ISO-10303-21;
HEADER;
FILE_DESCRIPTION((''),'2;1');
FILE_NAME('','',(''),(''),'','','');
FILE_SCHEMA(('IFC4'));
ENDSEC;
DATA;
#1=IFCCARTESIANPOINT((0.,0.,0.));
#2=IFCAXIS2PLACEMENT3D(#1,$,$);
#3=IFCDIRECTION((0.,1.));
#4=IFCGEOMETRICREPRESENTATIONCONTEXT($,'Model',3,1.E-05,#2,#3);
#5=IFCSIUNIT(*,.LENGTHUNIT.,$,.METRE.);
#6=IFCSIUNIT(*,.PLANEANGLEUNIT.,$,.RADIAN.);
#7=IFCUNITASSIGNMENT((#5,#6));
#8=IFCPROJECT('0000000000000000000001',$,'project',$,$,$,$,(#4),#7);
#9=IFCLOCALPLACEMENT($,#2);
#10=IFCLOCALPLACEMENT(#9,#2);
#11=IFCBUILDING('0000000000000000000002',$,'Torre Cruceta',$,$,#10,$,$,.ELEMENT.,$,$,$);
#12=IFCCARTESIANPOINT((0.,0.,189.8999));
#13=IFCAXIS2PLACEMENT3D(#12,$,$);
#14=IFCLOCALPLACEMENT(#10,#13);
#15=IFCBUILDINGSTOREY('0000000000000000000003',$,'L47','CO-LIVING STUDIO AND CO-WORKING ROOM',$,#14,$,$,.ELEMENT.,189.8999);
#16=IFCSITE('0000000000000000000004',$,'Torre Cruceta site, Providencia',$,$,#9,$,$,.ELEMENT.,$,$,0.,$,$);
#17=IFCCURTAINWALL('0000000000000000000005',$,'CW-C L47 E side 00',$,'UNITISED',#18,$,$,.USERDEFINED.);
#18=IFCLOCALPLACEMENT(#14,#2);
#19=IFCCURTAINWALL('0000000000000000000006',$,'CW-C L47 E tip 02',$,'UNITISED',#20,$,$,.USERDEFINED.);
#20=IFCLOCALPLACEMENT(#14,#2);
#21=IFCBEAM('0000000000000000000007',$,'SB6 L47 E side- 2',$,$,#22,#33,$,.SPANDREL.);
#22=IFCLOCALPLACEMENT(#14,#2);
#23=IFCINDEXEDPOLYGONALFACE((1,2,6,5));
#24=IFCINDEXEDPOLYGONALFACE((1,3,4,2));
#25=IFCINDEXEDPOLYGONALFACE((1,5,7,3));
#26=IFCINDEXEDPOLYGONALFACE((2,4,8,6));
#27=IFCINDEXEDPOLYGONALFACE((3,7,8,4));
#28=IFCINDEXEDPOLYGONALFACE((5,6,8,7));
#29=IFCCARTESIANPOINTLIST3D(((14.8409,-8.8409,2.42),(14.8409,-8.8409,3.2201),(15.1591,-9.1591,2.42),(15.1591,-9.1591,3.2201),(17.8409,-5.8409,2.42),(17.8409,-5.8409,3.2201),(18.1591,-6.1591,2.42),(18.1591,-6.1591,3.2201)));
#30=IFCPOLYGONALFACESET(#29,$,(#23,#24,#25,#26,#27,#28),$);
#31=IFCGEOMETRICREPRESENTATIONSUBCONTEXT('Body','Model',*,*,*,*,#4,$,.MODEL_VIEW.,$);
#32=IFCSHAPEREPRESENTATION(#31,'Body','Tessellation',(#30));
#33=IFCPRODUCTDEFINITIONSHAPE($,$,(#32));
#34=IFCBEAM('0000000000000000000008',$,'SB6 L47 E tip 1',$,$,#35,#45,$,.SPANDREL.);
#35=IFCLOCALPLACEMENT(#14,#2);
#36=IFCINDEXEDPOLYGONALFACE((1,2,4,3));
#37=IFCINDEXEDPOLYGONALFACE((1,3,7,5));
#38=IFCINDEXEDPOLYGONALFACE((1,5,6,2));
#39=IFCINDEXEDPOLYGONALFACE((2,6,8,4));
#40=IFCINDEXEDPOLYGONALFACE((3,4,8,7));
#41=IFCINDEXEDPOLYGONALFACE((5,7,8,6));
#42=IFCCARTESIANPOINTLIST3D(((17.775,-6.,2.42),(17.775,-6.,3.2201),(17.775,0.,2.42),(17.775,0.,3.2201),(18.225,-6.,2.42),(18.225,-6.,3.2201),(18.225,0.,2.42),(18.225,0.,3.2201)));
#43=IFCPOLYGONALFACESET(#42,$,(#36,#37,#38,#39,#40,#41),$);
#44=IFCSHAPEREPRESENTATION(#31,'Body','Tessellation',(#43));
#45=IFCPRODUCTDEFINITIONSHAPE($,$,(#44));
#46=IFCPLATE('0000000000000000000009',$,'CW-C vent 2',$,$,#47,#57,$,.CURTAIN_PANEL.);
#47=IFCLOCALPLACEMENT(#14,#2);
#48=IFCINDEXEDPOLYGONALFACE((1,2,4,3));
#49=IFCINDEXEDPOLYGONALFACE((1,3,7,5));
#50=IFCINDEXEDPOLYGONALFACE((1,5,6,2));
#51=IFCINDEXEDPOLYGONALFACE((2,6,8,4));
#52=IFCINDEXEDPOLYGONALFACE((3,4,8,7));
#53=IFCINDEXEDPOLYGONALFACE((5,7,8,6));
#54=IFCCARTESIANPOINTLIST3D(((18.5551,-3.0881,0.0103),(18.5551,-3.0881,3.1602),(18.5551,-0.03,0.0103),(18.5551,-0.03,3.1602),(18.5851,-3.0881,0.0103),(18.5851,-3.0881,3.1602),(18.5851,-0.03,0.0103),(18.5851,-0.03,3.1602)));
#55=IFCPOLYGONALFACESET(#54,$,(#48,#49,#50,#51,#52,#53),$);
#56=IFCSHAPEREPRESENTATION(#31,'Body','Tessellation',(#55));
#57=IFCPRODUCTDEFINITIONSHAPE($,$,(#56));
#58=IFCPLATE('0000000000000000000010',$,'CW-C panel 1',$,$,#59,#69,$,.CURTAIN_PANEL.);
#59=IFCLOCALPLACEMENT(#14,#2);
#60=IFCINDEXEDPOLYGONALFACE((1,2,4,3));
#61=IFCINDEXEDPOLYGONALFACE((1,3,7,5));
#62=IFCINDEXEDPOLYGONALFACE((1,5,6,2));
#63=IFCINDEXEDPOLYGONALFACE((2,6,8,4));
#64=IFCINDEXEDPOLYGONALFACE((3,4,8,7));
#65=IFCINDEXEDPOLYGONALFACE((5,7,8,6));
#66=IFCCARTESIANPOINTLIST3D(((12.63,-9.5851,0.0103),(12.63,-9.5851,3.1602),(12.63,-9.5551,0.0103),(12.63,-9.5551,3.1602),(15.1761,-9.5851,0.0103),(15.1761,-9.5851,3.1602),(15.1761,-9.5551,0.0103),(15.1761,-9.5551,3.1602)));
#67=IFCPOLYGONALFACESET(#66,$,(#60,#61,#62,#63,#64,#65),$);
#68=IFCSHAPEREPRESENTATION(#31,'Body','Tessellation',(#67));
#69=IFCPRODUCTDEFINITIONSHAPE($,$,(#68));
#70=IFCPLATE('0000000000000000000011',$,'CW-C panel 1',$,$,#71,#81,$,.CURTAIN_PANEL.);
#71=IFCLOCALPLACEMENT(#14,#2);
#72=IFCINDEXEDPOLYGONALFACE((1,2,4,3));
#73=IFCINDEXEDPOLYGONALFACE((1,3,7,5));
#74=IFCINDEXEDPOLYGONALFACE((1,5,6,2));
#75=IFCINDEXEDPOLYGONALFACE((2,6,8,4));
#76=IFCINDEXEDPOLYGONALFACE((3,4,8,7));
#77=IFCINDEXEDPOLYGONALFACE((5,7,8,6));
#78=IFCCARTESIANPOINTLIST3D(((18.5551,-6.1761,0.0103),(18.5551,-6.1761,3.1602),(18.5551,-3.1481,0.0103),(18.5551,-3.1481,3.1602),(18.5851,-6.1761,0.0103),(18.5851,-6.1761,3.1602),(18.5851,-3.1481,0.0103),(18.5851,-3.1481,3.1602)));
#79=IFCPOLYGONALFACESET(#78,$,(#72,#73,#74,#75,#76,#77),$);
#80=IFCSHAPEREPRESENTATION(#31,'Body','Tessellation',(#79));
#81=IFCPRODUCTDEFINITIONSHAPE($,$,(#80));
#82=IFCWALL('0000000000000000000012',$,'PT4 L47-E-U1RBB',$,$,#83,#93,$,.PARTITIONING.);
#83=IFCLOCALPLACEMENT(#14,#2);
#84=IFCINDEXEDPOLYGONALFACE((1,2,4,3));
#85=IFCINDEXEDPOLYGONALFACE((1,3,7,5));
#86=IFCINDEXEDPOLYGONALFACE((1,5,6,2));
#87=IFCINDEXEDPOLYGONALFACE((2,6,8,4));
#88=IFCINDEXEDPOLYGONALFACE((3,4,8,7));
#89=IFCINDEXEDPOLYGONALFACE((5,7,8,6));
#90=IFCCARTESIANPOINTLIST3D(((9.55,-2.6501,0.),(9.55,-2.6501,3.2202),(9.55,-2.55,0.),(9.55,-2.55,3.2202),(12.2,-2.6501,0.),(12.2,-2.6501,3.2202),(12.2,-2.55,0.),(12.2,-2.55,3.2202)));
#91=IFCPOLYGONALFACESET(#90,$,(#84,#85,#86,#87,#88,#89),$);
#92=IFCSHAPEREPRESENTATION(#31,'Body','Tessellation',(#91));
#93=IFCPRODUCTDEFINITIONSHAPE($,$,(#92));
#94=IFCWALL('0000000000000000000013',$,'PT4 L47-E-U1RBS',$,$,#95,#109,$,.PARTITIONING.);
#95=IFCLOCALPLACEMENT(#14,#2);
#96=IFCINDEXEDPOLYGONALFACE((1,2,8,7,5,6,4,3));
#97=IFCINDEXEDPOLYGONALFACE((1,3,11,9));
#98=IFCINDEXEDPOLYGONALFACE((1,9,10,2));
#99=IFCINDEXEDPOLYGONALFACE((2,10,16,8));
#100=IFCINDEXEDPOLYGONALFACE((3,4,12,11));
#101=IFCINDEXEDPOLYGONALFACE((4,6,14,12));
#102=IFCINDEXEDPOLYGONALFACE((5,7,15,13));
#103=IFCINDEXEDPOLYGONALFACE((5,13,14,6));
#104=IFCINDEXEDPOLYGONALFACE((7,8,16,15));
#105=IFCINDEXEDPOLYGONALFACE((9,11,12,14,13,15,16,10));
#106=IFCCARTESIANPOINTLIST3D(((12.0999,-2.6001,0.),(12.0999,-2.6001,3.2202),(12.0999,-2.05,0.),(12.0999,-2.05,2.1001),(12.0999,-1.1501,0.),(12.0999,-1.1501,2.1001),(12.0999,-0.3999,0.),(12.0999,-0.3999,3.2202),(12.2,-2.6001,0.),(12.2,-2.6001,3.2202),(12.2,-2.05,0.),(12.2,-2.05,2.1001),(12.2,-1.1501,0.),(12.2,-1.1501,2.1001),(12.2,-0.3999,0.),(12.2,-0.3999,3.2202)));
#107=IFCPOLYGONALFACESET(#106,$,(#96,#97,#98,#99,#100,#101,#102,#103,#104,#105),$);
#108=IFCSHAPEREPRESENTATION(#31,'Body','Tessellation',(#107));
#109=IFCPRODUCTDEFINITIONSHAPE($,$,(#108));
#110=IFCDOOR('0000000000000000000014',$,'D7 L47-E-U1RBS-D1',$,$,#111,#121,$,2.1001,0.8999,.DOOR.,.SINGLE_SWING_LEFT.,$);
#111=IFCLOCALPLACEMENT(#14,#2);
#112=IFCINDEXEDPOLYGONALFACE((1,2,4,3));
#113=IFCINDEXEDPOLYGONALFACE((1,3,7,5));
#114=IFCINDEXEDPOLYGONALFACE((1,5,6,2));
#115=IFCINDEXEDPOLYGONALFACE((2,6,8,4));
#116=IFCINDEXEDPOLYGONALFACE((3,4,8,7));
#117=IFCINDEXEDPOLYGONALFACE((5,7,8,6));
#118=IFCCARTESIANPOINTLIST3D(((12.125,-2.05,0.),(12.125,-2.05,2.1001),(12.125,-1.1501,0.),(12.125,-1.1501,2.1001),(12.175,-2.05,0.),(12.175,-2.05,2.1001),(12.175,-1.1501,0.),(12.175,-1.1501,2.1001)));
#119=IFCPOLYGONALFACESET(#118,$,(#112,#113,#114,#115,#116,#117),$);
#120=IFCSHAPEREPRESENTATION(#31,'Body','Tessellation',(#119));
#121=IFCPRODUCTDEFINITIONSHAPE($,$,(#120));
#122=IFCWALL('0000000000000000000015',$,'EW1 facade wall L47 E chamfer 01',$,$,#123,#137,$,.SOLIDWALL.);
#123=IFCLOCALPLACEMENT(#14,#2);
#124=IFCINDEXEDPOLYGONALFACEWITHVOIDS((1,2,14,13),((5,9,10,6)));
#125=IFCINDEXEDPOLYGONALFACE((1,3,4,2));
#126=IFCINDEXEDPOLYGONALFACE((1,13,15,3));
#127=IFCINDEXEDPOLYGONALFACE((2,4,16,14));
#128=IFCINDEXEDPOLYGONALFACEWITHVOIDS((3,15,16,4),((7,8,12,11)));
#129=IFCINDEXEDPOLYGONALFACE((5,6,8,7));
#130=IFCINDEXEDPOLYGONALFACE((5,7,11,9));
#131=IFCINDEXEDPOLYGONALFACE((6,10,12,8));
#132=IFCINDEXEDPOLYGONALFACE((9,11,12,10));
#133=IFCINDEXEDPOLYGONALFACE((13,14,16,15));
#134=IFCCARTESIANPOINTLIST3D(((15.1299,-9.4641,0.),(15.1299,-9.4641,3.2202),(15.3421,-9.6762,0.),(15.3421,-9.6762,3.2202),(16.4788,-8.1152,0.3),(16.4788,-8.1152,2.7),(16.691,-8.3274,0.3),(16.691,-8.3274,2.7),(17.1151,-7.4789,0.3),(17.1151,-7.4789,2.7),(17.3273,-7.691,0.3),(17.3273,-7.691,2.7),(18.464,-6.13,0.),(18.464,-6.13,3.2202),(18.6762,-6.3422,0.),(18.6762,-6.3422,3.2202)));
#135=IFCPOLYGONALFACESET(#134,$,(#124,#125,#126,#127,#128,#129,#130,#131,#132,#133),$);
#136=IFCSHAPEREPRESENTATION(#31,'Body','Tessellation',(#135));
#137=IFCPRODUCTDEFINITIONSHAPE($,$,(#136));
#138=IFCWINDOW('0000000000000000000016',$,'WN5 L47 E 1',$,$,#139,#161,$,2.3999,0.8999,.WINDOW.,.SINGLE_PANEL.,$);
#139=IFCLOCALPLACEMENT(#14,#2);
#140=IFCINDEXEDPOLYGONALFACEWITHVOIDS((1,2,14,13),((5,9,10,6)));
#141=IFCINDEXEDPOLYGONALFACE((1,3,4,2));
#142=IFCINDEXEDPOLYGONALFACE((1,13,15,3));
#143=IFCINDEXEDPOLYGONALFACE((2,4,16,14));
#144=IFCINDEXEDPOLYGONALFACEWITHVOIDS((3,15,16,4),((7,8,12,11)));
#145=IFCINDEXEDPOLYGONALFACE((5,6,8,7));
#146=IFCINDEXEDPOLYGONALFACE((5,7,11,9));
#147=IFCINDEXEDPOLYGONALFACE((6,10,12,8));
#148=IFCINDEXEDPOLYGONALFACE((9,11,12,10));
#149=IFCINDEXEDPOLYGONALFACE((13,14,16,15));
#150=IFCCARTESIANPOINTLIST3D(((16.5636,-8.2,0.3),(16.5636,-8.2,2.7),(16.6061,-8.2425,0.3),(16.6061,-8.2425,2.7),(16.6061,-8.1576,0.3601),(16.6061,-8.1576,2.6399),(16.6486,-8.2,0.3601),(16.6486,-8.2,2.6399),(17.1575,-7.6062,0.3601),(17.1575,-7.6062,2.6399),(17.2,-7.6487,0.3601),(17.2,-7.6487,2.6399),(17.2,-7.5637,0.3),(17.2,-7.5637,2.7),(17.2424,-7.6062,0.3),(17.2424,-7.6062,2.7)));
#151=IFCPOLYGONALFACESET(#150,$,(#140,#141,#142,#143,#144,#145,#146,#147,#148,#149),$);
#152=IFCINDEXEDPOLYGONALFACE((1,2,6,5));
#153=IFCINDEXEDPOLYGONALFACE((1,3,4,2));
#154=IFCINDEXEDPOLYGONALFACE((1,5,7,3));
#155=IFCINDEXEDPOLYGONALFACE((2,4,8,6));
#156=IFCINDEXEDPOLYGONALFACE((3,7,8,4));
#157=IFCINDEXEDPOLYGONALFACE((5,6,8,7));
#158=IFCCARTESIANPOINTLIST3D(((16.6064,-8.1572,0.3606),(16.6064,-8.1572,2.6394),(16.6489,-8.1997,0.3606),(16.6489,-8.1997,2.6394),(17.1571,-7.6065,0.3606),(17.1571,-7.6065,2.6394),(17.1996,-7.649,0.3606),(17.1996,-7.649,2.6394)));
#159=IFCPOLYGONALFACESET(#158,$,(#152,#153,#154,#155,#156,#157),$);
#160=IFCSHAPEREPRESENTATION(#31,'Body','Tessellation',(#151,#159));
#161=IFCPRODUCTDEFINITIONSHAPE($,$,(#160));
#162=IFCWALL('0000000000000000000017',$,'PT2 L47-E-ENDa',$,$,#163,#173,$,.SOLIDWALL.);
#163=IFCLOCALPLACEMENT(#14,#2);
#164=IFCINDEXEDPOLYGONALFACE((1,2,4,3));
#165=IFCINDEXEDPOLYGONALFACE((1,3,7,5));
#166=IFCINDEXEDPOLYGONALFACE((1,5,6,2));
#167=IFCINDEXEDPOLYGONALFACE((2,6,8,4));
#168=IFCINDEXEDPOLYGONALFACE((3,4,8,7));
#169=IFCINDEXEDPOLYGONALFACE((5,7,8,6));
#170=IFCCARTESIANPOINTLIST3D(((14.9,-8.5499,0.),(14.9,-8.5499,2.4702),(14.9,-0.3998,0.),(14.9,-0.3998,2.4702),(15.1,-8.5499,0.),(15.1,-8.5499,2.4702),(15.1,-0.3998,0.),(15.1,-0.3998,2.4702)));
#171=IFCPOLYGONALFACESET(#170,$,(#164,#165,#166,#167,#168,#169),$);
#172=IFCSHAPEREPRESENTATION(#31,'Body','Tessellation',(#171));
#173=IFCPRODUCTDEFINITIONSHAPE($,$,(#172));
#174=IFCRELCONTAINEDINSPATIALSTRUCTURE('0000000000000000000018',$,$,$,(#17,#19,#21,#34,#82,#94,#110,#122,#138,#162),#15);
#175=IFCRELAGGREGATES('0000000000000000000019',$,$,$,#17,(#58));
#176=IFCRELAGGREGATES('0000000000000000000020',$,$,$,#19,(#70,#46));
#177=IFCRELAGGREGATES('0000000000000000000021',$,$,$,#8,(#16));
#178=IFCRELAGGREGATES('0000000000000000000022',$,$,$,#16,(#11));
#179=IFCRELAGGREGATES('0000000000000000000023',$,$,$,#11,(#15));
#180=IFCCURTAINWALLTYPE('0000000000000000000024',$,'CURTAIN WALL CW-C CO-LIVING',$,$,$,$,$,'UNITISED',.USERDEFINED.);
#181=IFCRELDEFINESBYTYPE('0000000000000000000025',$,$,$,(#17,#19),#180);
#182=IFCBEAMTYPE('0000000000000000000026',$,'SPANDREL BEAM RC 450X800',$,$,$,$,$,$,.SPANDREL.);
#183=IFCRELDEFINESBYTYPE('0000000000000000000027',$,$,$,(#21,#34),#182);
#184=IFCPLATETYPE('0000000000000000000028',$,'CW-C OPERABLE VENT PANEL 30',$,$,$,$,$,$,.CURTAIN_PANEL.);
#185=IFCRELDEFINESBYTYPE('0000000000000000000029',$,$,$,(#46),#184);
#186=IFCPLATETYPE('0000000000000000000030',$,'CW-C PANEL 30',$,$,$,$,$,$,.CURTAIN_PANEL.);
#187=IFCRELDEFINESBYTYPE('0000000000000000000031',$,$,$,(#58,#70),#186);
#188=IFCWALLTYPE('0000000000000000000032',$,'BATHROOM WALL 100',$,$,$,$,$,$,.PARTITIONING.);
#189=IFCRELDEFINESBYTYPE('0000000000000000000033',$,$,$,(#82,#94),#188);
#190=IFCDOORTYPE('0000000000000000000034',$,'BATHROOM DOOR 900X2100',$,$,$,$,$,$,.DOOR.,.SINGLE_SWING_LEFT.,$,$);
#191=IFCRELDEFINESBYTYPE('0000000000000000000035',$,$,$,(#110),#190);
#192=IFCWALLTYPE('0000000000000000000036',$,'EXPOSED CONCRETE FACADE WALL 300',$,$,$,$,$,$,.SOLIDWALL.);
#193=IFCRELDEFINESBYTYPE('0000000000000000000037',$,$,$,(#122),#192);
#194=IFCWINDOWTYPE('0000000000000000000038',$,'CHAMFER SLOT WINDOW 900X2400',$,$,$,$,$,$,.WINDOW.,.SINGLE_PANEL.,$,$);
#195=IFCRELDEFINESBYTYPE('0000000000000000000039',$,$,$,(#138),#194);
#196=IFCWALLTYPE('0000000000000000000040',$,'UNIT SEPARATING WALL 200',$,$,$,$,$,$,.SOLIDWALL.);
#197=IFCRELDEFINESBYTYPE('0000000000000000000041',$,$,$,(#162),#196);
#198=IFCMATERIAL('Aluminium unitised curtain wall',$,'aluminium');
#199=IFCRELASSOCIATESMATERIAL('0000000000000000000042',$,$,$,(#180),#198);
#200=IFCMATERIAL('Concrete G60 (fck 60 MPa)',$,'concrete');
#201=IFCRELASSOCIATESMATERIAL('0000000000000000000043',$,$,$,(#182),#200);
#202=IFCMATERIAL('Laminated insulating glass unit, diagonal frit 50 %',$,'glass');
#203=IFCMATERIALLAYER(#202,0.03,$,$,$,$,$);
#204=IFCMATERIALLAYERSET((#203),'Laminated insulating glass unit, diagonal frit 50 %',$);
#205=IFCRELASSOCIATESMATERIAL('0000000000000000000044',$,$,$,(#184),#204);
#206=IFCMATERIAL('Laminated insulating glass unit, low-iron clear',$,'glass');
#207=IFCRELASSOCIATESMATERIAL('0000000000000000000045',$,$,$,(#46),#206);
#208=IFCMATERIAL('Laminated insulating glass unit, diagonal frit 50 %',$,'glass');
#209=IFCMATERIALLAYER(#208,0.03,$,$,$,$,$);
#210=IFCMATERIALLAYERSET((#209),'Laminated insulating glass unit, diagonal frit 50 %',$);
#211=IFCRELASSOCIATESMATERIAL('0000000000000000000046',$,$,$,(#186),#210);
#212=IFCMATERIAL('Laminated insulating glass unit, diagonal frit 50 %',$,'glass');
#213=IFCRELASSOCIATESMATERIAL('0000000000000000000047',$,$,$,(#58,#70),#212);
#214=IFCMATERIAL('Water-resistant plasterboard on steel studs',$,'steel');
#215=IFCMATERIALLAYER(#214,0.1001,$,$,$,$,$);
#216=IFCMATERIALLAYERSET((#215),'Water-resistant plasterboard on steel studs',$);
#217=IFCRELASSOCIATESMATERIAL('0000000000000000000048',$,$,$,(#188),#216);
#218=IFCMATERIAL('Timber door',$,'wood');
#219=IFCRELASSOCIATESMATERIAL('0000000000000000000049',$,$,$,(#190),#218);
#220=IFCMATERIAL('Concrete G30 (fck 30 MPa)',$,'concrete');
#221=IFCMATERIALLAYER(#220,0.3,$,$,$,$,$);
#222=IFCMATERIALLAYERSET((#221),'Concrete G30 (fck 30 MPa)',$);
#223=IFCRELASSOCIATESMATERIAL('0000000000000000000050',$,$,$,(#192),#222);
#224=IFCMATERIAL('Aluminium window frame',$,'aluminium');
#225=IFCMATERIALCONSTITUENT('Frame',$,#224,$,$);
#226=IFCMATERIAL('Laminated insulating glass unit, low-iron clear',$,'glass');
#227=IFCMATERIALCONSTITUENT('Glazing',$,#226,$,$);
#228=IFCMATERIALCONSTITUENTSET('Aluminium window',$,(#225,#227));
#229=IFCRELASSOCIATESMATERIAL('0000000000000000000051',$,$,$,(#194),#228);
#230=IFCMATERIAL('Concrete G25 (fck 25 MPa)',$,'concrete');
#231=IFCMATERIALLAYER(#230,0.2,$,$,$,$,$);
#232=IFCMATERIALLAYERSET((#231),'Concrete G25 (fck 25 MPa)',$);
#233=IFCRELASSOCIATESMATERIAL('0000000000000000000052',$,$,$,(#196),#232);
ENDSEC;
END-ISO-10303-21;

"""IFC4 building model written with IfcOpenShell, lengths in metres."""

from ifc_helpers import new_model, si_unit, direction, frame, frame_2d, origin, origin_2d, place, context, subcontext, project, spatial, rectangle, hollow_rectangle, extrude, material, layer, layer_set, constituent, constituent_set, material_profile, profile_set, type_object, element, fill, aggregate, save


model = new_model("IFC4")

# Units and contexts
model_context = context("Model", 3, precision=1e-05, world=origin(), true_north=direction((0.0, 1.0)))
body_context = subcontext(model_context, "Body", "Model", "MODEL_VIEW")
ifc_project = project(units=[si_unit("LENGTHUNIT", "METRE"), si_unit("PLANEANGLEUNIT", "RADIAN")], contexts=[model_context])

# Site, building, storey
site_placement = place(None, origin())
site = spatial("IfcSite", under=ifc_project, at=site_placement, Name="Torre Cruceta site, Providencia", CompositionType="ELEMENT", RefElevation=0.0)
building_placement = place(site_placement, origin())
building = spatial("IfcBuilding", under=site, at=building_placement, Name="Torre Cruceta", CompositionType="ELEMENT")
storey_placement = place(building_placement, frame((0.0, 0.0, 189.8999)))
storey = spatial("IfcBuildingStorey", under=building, at=storey_placement, Name="L47", Description="CO-LIVING STUDIO AND CO-WORKING ROOM", CompositionType="ELEMENT", Elevation=189.8999)

# Curtain walls
ifc_material_1 = material(Name="Aluminium unitised curtain wall", Category="aluminium")
curtain_wall_type = type_object("IfcCurtainWallType", Name="CURTAIN WALL CW-C CO-LIVING", ElementType="UNITISED", PredefinedType="USERDEFINED", material=ifc_material_1)
curtain_wall_1_placement = place(storey_placement, origin())
curtain_wall_1 = element("IfcCurtainWall", 1, at=curtain_wall_1_placement, inside=storey, type_object=curtain_wall_type, Name="CW-C L47 E side 00", ObjectType="UNITISED", PredefinedType="USERDEFINED")
curtain_wall_2_placement = place(storey_placement, origin())
curtain_wall_2 = element("IfcCurtainWall", 2, at=curtain_wall_2_placement, inside=storey, type_object=curtain_wall_type, Name="CW-C L47 E tip 02", ObjectType="UNITISED", PredefinedType="USERDEFINED")

# Beams
ifc_material_2 = material(Name="Concrete G60 (fck 60 MPa)", Category="concrete")
ifc_material_profile_1 = material_profile(ifc_material_2, rectangle(XDim=0.45, YDim=0.8, at=origin_2d()), Name="RC 450X800")
ifc_profile_set_1 = profile_set([ifc_material_profile_1], Name="Concrete G60 (fck 60 MPa)")
beam_type_1 = type_object("IfcBeamType", Name="SPANDREL BEAM RC 450X800", PredefinedType="SPANDREL", material=ifc_profile_set_1)
beam_1_placement = place(storey_placement, frame((15.0, -9.0, 2.8201), z_axis=(0.707107, 0.707107, 0.0), x_axis=(-0.707107, 0.707107, 0.0)))
element("IfcBeam", 3, at=beam_1_placement, inside=storey, type_object=beam_type_1, Name="SB6 L47 E side- 2", PredefinedType="SPANDREL", context=body_context, shape_type="SweptSolid", body=[
    extrude(rectangle(XDim=0.45, YDim=0.8, at=origin_2d()), origin(), (0.0, 0.0, 1.0), 4.2427),
])
beam_2_placement = place(storey_placement, frame((18.0, -6.0, 2.8201), z_axis=(0.0, 1.0, 0.0), x_axis=(-1.0, 0.0, 0.0)))
element("IfcBeam", 4, at=beam_2_placement, inside=storey, type_object=beam_type_1, Name="SB6 L47 E tip 1", PredefinedType="SPANDREL", context=body_context, shape_type="SweptSolid", body=[
    extrude(rectangle(XDim=0.45, YDim=0.8, at=origin_2d()), origin(), (0.0, 0.0, 1.0), 6.0),
])

# Plates
ifc_material_3 = material(Name="Laminated insulating glass unit, low-iron clear", Category="glass")
ifc_material_4 = material(Name="Laminated insulating glass unit, diagonal frit 50 %", Category="glass")
ifc_layer_1 = layer(ifc_material_4, 0.03)
ifc_layer_set_1 = layer_set([ifc_layer_1], Name="Laminated insulating glass unit, diagonal frit 50 %")
plate_type_1 = type_object("IfcPlateType", Name="CW-C OPERABLE VENT PANEL 30", PredefinedType="CURTAIN_PANEL", material=ifc_layer_set_1)
plate_1_placement = place(storey_placement, frame((18.5701, -1.5591, 0.0103), z_axis=(0.0, 0.0, 1.0), x_axis=(0.0, 1.0, 0.0)))
plate_1 = element("IfcPlate", 5, at=plate_1_placement, type_object=plate_type_1, material=ifc_material_3, Name="CW-C vent 2", PredefinedType="CURTAIN_PANEL", context=body_context, shape_type="SweptSolid", body=[
    extrude(rectangle(XDim=3.0581, YDim=0.03, at=origin_2d()), origin(), (0.0, 0.0, 1.0), 3.1499),
])
ifc_material_5 = material(Name="Laminated insulating glass unit, diagonal frit 50 %", Category="glass")
ifc_material_6 = material(Name="Laminated insulating glass unit, diagonal frit 50 %", Category="glass")
ifc_layer_2 = layer(ifc_material_6, 0.03)
ifc_layer_set_2 = layer_set([ifc_layer_2], Name="Laminated insulating glass unit, diagonal frit 50 %")
plate_type_2 = type_object("IfcPlateType", Name="CW-C PANEL 30", PredefinedType="CURTAIN_PANEL", material=ifc_layer_set_2)
plate_2_placement = place(storey_placement, frame((13.9031, -9.5701, 0.0103), z_axis=(0.0, 0.0, 1.0), x_axis=(1.0, 0.0, 0.0)))
plate_2 = element("IfcPlate", 6, at=plate_2_placement, type_object=plate_type_2, material=ifc_material_5, Name="CW-C panel 1", PredefinedType="CURTAIN_PANEL", context=body_context, shape_type="SweptSolid", body=[
    extrude(rectangle(XDim=2.5461, YDim=0.03, at=origin_2d()), origin(), (0.0, 0.0, 1.0), 3.1499),
])
aggregate(curtain_wall_1, [plate_2])
plate_3_placement = place(storey_placement, frame((18.5701, -4.6621, 0.0103), z_axis=(0.0, 0.0, 1.0), x_axis=(0.0, 1.0, 0.0)))
plate_3 = element("IfcPlate", 7, at=plate_3_placement, type_object=plate_type_2, material=ifc_material_5, Name="CW-C panel 1", PredefinedType="CURTAIN_PANEL", context=body_context, shape_type="SweptSolid", body=[
    extrude(rectangle(XDim=3.0281, YDim=0.03, at=origin_2d()), origin(), (0.0, 0.0, 1.0), 3.1499),
])
aggregate(curtain_wall_2, [plate_3, plate_1])

# Wall
ifc_material_7 = material(Name="Water-resistant plasterboard on steel studs", Category="steel")
ifc_layer_3 = layer(ifc_material_7, 0.1001)
ifc_layer_set_3 = layer_set([ifc_layer_3], Name="Water-resistant plasterboard on steel studs")
wall_type_1 = type_object("IfcWallType", Name="BATHROOM WALL 100", PredefinedType="PARTITIONING", material=ifc_layer_set_3)
wall_1_placement = place(storey_placement, frame((9.55, -2.6001, 0.0), z_axis=(0.0, 0.0, 1.0), x_axis=(1.0, 0.0, 0.0)))
element("IfcWall", 8, at=wall_1_placement, inside=storey, type_object=wall_type_1, Name="PT4 L47-E-U1RBB", PredefinedType="PARTITIONING", context=body_context, shape_type="SweptSolid", body=[
    extrude(rectangle(XDim=2.6499, YDim=0.1001, at=frame_2d((1.325, 0.0))), origin(), (0.0, 0.0, 1.0), 3.2202),
])

# Wall, opening, door
wall_2_placement = place(storey_placement, frame((12.1499, -2.6001, 0.0), z_axis=(0.0, 0.0, 1.0), x_axis=(0.0, 1.0, 0.0)))
wall_2 = element("IfcWall", 9, at=wall_2_placement, inside=storey, type_object=wall_type_1, Name="PT4 L47-E-U1RBS", PredefinedType="PARTITIONING", context=body_context, shape_type="SweptSolid", body=[
    extrude(rectangle(XDim=2.2002, YDim=0.1001, at=frame_2d((1.1001, 0.0))), origin(), (0.0, 0.0, 1.0), 3.2202),
])
opening_1_placement = place(wall_2_placement, frame((0.55, 0.0, 0.0)))
opening_1 = element("IfcOpeningElement", 10, at=opening_1_placement, cuts=wall_2, PredefinedType="OPENING", context=body_context, shape_type="SweptSolid", body=[
    extrude(rectangle(XDim=0.8999, YDim=2.1001, at=frame_2d((0.45, 1.05))), frame((0.0, 0.0601, 0.0), z_axis=(0.0, -1.0, 0.0), x_axis=(1.0, 0.0, 0.0)), (0.0, 0.0, 1.0), 0.1201),
])
ifc_material_8 = material(Name="Timber door", Category="wood")
door_type_1 = type_object("IfcDoorType", Name="BATHROOM DOOR 900X2100", OperationType="SINGLE_SWING_LEFT", PredefinedType="DOOR", material=ifc_material_8)
door_1_placement = place(opening_1_placement, origin())
door_1 = element("IfcDoor", 11, at=door_1_placement, inside=storey, type_object=door_type_1, Name="D7 L47-E-U1RBS-D1", OperationType="SINGLE_SWING_LEFT", OverallHeight=2.1001, OverallWidth=0.8999, PredefinedType="DOOR", context=body_context, shape_type="SweptSolid", body=[
    extrude(rectangle(XDim=0.8999, YDim=2.1001, at=frame_2d((0.45, 1.05))), frame((0.0, 0.0249, 0.0), z_axis=(0.0, -1.0, 0.0), x_axis=(1.0, 0.0, 0.0)), (0.0, 0.0, 1.0), 0.05),
])
fill(opening_1, door_1)

# Wall, opening, window
ifc_material_9 = material(Name="Concrete G30 (fck 30 MPa)", Category="concrete")
ifc_layer_4 = layer(ifc_material_9, 0.3)
ifc_layer_set_4 = layer_set([ifc_layer_4], Name="Concrete G30 (fck 30 MPa)")
wall_type_2 = type_object("IfcWallType", Name="EXPOSED CONCRETE FACADE WALL 300", PredefinedType="SOLIDWALL", material=ifc_layer_set_4)
wall_3_placement = place(storey_placement, frame((15.2361, -9.5701, 0.0), z_axis=(0.0, 0.0, 1.0), x_axis=(0.707107, 0.707107, 0.0)))
wall_3 = element("IfcWall", 12, at=wall_3_placement, inside=storey, type_object=wall_type_2, Name="EW1 facade wall L47 E chamfer 01", PredefinedType="SOLIDWALL", context=body_context, shape_type="SweptSolid", body=[
    extrude(rectangle(XDim=4.7151, YDim=0.3, at=frame_2d((2.3574, 0.0))), origin(), (0.0, 0.0, 1.0), 3.2202),
])
opening_2_placement = place(wall_3_placement, frame((1.9075, 0.0, 0.3)))
opening_2 = element("IfcOpeningElement", 13, at=opening_2_placement, cuts=wall_3, PredefinedType="OPENING", context=body_context, shape_type="SweptSolid", body=[
    extrude(rectangle(XDim=0.8999, YDim=2.3999, at=frame_2d((0.45, 1.2))), frame((0.0, 0.1599, 0.0), z_axis=(0.0, -1.0, 0.0), x_axis=(1.0, 0.0, 0.0)), (0.0, 0.0, 1.0), 0.3201),
])
ifc_material_10 = material(Name="Aluminium window frame", Category="aluminium")
ifc_constituent_1 = constituent(ifc_material_10, Name="Frame")
ifc_material_11 = material(Name="Laminated insulating glass unit, low-iron clear", Category="glass")
ifc_constituent_2 = constituent(ifc_material_11, Name="Glazing")
ifc_constituent_set_1 = constituent_set(constituents=[ifc_constituent_1, ifc_constituent_2], Name="Aluminium window")
window_type = type_object("IfcWindowType", Name="CHAMFER SLOT WINDOW 900X2400", PartitioningType="SINGLE_PANEL", PredefinedType="WINDOW", material=ifc_constituent_set_1)
window_placement = place(opening_2_placement, origin())
window = element("IfcWindow", 14, at=window_placement, inside=storey, type_object=window_type, Name="WN5 L47 E 1", OverallHeight=2.3999, OverallWidth=0.8999, PartitioningType="SINGLE_PANEL", PredefinedType="WINDOW", context=body_context, shape_type="SweptSolid", body=[
    extrude(hollow_rectangle(XDim=0.8999, YDim=2.3999, WallThickness=0.0601, at=frame_2d((0.45, 1.2))), frame((0.0, 0.03, 0.0), z_axis=(0.0, -1.0, 0.0), x_axis=(1.0, 0.0, 0.0)), (0.0, 0.0, 1.0), 0.0601),
    extrude(rectangle(XDim=0.7788, YDim=2.2788, at=frame_2d((0.45, 1.2))), frame((0.0, 0.03, 0.0), z_axis=(0.0, -1.0, 0.0), x_axis=(1.0, 0.0, 0.0)), (0.0, 0.0, 1.0), 0.0601),
])
fill(opening_2, window)

# Wall
ifc_material_12 = material(Name="Concrete G25 (fck 25 MPa)", Category="concrete")
ifc_layer_5 = layer(ifc_material_12, 0.2)
ifc_layer_set_5 = layer_set([ifc_layer_5], Name="Concrete G25 (fck 25 MPa)")
wall_type_3 = type_object("IfcWallType", Name="UNIT SEPARATING WALL 200", PredefinedType="SOLIDWALL", material=ifc_layer_set_5)
wall_4_placement = place(storey_placement, frame((15.0, -8.55, 0.0), z_axis=(0.0, 0.0, 1.0), x_axis=(0.0, 1.0, 0.0)))
element("IfcWall", 15, at=wall_4_placement, inside=storey, type_object=wall_type_3, Name="PT2 L47-E-ENDa", PredefinedType="SOLIDWALL", context=body_context, shape_type="SweptSolid", body=[
    extrude(rectangle(XDim=8.1501, YDim=0.2, at=frame_2d((4.0752, 0.0))), origin(), (0.0, 0.0, 1.0), 2.4702),
])

save(model, "model.ifc")
